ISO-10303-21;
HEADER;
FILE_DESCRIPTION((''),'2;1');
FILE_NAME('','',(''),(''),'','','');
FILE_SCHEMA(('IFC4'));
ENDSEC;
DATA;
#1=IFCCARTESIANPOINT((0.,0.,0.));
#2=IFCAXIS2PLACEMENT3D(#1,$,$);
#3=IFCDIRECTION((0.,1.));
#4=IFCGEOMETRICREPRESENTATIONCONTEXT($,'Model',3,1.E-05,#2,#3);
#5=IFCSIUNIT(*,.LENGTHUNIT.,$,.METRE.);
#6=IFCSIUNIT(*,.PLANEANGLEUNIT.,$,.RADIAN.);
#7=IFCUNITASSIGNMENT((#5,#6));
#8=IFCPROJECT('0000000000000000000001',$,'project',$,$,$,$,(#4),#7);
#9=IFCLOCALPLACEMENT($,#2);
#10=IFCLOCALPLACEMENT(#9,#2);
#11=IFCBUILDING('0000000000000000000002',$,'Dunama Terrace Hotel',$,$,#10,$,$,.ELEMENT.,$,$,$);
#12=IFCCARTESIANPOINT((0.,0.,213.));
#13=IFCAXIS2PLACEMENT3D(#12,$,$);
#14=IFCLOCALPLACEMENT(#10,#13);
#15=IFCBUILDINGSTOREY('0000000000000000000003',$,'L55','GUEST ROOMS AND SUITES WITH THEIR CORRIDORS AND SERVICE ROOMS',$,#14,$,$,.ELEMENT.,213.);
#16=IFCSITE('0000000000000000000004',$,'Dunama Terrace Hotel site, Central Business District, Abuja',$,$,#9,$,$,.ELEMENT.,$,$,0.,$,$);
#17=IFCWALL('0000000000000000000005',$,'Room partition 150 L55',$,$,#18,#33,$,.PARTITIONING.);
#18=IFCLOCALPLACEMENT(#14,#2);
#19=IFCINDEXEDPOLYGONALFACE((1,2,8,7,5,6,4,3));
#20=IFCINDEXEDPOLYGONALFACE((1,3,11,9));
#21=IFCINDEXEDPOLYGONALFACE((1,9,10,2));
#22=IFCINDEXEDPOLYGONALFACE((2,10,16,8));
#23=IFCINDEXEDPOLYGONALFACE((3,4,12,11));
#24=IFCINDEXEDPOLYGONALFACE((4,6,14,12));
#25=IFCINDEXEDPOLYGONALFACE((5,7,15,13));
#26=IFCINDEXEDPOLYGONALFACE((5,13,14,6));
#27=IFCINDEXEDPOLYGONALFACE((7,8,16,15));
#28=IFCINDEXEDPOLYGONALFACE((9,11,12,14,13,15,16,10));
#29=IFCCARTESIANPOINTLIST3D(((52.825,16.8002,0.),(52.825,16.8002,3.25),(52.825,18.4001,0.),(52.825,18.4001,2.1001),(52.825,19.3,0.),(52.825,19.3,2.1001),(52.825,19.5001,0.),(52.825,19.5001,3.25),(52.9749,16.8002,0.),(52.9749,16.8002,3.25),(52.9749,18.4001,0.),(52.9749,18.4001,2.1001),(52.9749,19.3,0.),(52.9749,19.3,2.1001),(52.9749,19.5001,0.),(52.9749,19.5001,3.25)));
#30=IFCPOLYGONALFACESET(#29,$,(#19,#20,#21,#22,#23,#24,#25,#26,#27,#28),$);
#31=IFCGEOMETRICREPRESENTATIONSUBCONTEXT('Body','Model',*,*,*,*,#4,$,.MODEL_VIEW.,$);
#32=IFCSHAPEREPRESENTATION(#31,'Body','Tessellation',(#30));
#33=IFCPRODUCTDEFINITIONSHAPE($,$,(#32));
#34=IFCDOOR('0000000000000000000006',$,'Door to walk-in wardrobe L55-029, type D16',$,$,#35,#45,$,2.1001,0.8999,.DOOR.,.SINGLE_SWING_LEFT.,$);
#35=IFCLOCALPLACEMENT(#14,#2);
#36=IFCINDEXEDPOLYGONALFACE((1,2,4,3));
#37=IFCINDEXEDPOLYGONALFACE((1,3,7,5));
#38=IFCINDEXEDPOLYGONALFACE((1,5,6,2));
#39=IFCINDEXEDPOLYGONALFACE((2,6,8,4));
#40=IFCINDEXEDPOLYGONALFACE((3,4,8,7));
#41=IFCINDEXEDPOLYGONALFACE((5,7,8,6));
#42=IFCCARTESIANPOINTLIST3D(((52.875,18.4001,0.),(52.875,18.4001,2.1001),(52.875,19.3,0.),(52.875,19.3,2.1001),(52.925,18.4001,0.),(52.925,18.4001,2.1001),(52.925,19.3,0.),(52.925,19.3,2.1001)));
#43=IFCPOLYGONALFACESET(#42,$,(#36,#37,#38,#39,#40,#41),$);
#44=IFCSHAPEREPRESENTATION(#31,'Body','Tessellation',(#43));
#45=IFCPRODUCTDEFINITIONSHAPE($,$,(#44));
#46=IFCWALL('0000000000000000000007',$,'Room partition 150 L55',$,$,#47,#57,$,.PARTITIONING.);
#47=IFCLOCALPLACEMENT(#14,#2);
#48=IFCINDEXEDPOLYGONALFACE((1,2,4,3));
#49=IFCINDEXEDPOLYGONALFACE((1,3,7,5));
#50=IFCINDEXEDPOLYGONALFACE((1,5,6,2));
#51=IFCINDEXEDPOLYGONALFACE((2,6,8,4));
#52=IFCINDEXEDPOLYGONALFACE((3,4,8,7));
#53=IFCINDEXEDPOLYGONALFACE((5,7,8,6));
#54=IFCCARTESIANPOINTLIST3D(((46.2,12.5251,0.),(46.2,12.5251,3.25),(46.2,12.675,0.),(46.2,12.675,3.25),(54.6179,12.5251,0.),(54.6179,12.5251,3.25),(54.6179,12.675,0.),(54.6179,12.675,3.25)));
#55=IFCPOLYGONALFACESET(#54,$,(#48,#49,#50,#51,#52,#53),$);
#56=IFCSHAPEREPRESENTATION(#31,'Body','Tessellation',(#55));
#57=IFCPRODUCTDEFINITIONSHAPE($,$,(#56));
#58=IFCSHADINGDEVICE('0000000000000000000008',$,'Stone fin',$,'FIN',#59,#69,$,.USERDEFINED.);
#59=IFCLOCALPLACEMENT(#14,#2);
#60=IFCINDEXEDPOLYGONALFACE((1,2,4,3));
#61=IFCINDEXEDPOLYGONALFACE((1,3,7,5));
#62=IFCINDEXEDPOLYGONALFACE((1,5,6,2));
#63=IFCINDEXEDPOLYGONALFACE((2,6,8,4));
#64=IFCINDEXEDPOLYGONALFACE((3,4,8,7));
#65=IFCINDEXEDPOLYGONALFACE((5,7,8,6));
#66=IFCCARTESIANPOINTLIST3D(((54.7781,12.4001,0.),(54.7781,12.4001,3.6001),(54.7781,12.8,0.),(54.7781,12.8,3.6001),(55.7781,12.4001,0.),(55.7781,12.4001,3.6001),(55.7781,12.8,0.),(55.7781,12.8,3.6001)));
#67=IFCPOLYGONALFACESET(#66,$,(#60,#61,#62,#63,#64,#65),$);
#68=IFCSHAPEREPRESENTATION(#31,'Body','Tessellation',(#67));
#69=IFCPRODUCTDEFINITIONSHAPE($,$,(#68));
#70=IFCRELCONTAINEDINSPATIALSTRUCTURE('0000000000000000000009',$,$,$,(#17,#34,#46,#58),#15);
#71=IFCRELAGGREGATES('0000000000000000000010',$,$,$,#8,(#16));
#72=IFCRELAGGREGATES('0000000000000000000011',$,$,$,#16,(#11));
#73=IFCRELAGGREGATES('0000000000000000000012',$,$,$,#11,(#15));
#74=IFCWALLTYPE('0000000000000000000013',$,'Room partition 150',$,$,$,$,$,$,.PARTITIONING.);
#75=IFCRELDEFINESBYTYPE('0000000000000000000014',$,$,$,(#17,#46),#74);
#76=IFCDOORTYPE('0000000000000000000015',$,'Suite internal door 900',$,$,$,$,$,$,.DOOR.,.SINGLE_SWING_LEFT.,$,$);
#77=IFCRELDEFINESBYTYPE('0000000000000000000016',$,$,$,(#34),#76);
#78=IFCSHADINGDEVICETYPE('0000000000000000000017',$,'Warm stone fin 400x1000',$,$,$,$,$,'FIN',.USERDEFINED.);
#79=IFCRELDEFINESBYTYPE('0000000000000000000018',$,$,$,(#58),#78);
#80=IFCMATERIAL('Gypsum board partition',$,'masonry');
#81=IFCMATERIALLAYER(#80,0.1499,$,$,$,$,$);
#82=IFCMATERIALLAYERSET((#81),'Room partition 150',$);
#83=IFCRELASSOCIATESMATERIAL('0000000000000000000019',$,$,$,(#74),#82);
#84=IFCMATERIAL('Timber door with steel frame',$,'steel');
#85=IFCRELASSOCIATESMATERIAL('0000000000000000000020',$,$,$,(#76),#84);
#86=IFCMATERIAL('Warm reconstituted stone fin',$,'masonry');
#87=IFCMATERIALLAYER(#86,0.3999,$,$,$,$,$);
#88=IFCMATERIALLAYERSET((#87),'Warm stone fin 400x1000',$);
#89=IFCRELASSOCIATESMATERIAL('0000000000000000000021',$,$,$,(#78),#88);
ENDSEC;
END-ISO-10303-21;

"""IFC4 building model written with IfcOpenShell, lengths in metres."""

from ifc_helpers import new_model, si_unit, direction, frame, frame_2d, origin, origin_2d, place, context, subcontext, project, spatial, rectangle, extrude, material, layer, layer_set, type_object, element, fill, save


model = new_model("IFC4")

# Units and contexts
model_context = context("Model", 3, precision=1e-05, world=origin(), true_north=direction((0.0, 1.0)))
body_context = subcontext(model_context, "Body", "Model", "MODEL_VIEW")
ifc_project = project(units=[si_unit("LENGTHUNIT", "METRE"), si_unit("PLANEANGLEUNIT", "RADIAN")], contexts=[model_context])

# Site, building, storey
site_placement = place(None, origin())
site = spatial("IfcSite", under=ifc_project, at=site_placement, Name="Dunama Terrace Hotel site, Central Business District, Abuja", CompositionType="ELEMENT", RefElevation=0.0)
building_placement = place(site_placement, origin())
building = spatial("IfcBuilding", under=site, at=building_placement, Name="Dunama Terrace Hotel", CompositionType="ELEMENT")
storey_placement = place(building_placement, frame((0.0, 0.0, 213.0)))
storey = spatial("IfcBuildingStorey", under=building, at=storey_placement, Name="L55", Description="GUEST ROOMS AND SUITES WITH THEIR CORRIDORS AND SERVICE ROOMS", CompositionType="ELEMENT", Elevation=213.0)

# Shared definitions
ifc_material_1 = material(Name="Gypsum board partition", Category="masonry")
ifc_layer_1 = layer(ifc_material_1, 0.1499)
ifc_layer_set_1 = layer_set([ifc_layer_1], Name="Room partition 150")
wall_type_1 = type_object("IfcWallType", Name="Room partition 150", PredefinedType="PARTITIONING", material=ifc_layer_set_1)

# Wall, opening, door
wall_1_placement = place(storey_placement, frame((52.8999, 16.8, 0.0), z_axis=(0.0, 0.0, 1.0), x_axis=(0.0, 1.0, 0.0)))
wall_1 = element("IfcWall", 1, at=wall_1_placement, inside=storey, type_object=wall_type_1, Name="Room partition 150 L55", PredefinedType="PARTITIONING", context=body_context, shape_type="SweptSolid", body=[
    extrude(rectangle(XDim=2.7, YDim=0.1499, at=frame_2d((1.3501, 0.0))), origin(), (0.0, 0.0, 1.0), 3.25),
])
opening_1_placement = place(wall_1_placement, frame((1.6001, 0.0, 0.0)))
opening_1 = element("IfcOpeningElement", 2, at=opening_1_placement, cuts=wall_1, PredefinedType="OPENING", context=body_context, shape_type="SweptSolid", body=[
    extrude(rectangle(XDim=0.8999, YDim=2.1001, at=frame_2d((0.45, 1.05))), frame((0.0, 0.085, 0.0), z_axis=(0.0, -1.0, 0.0), x_axis=(1.0, 0.0, 0.0)), (0.0, 0.0, 1.0), 0.1699),
])
ifc_material_2 = material(Name="Timber door with steel frame", Category="steel")
door_type_1 = type_object("IfcDoorType", Name="Suite internal door 900", OperationType="SINGLE_SWING_LEFT", PredefinedType="DOOR", material=ifc_material_2)
door_1_placement = place(opening_1_placement, origin())
door_1 = element("IfcDoor", 3, at=door_1_placement, inside=storey, type_object=door_type_1, Name="Door to walk-in wardrobe L55-029, type D16", OperationType="SINGLE_SWING_LEFT", OverallHeight=2.1001, OverallWidth=0.8999, PredefinedType="DOOR", context=body_context, shape_type="SweptSolid", body=[
    extrude(rectangle(XDim=0.8999, YDim=2.1001, at=frame_2d((0.45, 1.05))), frame((0.0, 0.0249, 0.0), z_axis=(0.0, -1.0, 0.0), x_axis=(1.0, 0.0, 0.0)), (0.0, 0.0, 1.0), 0.05),
])
fill(opening_1, door_1)

# Wall
wall_2_placement = place(storey_placement, frame((46.2, 12.6001, 0.0), z_axis=(0.0, 0.0, 1.0), x_axis=(1.0, 0.0, 0.0)))
element("IfcWall", 4, at=wall_2_placement, inside=storey, type_object=wall_type_1, Name="Room partition 150 L55", PredefinedType="PARTITIONING", context=body_context, shape_type="SweptSolid", body=[
    extrude(rectangle(XDim=8.418, YDim=0.1499, at=frame_2d((4.209, 0.0))), origin(), (0.0, 0.0, 1.0), 3.25),
])

# Shading device
ifc_material_3 = material(Name="Warm reconstituted stone fin", Category="masonry")
ifc_layer_2 = layer(ifc_material_3, 0.3999)
ifc_layer_set_2 = layer_set([ifc_layer_2], Name="Warm stone fin 400x1000")
shading_device_type = type_object("IfcShadingDeviceType", Name="Warm stone fin 400x1000", ElementType="FIN", PredefinedType="USERDEFINED", material=ifc_layer_set_2)
shading_device_placement = place(storey_placement, frame((55.2781, 12.6001, 0.0), z_axis=(0.0, 0.0, 1.0), x_axis=(0.0, 1.0, 0.0)))
element("IfcShadingDevice", 5, at=shading_device_placement, inside=storey, type_object=shading_device_type, Name="Stone fin", ObjectType="FIN", PredefinedType="USERDEFINED", context=body_context, shape_type="SweptSolid", body=[
    extrude(rectangle(XDim=0.3999, YDim=1.0, at=origin_2d()), origin(), (0.0, 0.0, 1.0), 3.6001),
])

save(model, "model.ifc")
